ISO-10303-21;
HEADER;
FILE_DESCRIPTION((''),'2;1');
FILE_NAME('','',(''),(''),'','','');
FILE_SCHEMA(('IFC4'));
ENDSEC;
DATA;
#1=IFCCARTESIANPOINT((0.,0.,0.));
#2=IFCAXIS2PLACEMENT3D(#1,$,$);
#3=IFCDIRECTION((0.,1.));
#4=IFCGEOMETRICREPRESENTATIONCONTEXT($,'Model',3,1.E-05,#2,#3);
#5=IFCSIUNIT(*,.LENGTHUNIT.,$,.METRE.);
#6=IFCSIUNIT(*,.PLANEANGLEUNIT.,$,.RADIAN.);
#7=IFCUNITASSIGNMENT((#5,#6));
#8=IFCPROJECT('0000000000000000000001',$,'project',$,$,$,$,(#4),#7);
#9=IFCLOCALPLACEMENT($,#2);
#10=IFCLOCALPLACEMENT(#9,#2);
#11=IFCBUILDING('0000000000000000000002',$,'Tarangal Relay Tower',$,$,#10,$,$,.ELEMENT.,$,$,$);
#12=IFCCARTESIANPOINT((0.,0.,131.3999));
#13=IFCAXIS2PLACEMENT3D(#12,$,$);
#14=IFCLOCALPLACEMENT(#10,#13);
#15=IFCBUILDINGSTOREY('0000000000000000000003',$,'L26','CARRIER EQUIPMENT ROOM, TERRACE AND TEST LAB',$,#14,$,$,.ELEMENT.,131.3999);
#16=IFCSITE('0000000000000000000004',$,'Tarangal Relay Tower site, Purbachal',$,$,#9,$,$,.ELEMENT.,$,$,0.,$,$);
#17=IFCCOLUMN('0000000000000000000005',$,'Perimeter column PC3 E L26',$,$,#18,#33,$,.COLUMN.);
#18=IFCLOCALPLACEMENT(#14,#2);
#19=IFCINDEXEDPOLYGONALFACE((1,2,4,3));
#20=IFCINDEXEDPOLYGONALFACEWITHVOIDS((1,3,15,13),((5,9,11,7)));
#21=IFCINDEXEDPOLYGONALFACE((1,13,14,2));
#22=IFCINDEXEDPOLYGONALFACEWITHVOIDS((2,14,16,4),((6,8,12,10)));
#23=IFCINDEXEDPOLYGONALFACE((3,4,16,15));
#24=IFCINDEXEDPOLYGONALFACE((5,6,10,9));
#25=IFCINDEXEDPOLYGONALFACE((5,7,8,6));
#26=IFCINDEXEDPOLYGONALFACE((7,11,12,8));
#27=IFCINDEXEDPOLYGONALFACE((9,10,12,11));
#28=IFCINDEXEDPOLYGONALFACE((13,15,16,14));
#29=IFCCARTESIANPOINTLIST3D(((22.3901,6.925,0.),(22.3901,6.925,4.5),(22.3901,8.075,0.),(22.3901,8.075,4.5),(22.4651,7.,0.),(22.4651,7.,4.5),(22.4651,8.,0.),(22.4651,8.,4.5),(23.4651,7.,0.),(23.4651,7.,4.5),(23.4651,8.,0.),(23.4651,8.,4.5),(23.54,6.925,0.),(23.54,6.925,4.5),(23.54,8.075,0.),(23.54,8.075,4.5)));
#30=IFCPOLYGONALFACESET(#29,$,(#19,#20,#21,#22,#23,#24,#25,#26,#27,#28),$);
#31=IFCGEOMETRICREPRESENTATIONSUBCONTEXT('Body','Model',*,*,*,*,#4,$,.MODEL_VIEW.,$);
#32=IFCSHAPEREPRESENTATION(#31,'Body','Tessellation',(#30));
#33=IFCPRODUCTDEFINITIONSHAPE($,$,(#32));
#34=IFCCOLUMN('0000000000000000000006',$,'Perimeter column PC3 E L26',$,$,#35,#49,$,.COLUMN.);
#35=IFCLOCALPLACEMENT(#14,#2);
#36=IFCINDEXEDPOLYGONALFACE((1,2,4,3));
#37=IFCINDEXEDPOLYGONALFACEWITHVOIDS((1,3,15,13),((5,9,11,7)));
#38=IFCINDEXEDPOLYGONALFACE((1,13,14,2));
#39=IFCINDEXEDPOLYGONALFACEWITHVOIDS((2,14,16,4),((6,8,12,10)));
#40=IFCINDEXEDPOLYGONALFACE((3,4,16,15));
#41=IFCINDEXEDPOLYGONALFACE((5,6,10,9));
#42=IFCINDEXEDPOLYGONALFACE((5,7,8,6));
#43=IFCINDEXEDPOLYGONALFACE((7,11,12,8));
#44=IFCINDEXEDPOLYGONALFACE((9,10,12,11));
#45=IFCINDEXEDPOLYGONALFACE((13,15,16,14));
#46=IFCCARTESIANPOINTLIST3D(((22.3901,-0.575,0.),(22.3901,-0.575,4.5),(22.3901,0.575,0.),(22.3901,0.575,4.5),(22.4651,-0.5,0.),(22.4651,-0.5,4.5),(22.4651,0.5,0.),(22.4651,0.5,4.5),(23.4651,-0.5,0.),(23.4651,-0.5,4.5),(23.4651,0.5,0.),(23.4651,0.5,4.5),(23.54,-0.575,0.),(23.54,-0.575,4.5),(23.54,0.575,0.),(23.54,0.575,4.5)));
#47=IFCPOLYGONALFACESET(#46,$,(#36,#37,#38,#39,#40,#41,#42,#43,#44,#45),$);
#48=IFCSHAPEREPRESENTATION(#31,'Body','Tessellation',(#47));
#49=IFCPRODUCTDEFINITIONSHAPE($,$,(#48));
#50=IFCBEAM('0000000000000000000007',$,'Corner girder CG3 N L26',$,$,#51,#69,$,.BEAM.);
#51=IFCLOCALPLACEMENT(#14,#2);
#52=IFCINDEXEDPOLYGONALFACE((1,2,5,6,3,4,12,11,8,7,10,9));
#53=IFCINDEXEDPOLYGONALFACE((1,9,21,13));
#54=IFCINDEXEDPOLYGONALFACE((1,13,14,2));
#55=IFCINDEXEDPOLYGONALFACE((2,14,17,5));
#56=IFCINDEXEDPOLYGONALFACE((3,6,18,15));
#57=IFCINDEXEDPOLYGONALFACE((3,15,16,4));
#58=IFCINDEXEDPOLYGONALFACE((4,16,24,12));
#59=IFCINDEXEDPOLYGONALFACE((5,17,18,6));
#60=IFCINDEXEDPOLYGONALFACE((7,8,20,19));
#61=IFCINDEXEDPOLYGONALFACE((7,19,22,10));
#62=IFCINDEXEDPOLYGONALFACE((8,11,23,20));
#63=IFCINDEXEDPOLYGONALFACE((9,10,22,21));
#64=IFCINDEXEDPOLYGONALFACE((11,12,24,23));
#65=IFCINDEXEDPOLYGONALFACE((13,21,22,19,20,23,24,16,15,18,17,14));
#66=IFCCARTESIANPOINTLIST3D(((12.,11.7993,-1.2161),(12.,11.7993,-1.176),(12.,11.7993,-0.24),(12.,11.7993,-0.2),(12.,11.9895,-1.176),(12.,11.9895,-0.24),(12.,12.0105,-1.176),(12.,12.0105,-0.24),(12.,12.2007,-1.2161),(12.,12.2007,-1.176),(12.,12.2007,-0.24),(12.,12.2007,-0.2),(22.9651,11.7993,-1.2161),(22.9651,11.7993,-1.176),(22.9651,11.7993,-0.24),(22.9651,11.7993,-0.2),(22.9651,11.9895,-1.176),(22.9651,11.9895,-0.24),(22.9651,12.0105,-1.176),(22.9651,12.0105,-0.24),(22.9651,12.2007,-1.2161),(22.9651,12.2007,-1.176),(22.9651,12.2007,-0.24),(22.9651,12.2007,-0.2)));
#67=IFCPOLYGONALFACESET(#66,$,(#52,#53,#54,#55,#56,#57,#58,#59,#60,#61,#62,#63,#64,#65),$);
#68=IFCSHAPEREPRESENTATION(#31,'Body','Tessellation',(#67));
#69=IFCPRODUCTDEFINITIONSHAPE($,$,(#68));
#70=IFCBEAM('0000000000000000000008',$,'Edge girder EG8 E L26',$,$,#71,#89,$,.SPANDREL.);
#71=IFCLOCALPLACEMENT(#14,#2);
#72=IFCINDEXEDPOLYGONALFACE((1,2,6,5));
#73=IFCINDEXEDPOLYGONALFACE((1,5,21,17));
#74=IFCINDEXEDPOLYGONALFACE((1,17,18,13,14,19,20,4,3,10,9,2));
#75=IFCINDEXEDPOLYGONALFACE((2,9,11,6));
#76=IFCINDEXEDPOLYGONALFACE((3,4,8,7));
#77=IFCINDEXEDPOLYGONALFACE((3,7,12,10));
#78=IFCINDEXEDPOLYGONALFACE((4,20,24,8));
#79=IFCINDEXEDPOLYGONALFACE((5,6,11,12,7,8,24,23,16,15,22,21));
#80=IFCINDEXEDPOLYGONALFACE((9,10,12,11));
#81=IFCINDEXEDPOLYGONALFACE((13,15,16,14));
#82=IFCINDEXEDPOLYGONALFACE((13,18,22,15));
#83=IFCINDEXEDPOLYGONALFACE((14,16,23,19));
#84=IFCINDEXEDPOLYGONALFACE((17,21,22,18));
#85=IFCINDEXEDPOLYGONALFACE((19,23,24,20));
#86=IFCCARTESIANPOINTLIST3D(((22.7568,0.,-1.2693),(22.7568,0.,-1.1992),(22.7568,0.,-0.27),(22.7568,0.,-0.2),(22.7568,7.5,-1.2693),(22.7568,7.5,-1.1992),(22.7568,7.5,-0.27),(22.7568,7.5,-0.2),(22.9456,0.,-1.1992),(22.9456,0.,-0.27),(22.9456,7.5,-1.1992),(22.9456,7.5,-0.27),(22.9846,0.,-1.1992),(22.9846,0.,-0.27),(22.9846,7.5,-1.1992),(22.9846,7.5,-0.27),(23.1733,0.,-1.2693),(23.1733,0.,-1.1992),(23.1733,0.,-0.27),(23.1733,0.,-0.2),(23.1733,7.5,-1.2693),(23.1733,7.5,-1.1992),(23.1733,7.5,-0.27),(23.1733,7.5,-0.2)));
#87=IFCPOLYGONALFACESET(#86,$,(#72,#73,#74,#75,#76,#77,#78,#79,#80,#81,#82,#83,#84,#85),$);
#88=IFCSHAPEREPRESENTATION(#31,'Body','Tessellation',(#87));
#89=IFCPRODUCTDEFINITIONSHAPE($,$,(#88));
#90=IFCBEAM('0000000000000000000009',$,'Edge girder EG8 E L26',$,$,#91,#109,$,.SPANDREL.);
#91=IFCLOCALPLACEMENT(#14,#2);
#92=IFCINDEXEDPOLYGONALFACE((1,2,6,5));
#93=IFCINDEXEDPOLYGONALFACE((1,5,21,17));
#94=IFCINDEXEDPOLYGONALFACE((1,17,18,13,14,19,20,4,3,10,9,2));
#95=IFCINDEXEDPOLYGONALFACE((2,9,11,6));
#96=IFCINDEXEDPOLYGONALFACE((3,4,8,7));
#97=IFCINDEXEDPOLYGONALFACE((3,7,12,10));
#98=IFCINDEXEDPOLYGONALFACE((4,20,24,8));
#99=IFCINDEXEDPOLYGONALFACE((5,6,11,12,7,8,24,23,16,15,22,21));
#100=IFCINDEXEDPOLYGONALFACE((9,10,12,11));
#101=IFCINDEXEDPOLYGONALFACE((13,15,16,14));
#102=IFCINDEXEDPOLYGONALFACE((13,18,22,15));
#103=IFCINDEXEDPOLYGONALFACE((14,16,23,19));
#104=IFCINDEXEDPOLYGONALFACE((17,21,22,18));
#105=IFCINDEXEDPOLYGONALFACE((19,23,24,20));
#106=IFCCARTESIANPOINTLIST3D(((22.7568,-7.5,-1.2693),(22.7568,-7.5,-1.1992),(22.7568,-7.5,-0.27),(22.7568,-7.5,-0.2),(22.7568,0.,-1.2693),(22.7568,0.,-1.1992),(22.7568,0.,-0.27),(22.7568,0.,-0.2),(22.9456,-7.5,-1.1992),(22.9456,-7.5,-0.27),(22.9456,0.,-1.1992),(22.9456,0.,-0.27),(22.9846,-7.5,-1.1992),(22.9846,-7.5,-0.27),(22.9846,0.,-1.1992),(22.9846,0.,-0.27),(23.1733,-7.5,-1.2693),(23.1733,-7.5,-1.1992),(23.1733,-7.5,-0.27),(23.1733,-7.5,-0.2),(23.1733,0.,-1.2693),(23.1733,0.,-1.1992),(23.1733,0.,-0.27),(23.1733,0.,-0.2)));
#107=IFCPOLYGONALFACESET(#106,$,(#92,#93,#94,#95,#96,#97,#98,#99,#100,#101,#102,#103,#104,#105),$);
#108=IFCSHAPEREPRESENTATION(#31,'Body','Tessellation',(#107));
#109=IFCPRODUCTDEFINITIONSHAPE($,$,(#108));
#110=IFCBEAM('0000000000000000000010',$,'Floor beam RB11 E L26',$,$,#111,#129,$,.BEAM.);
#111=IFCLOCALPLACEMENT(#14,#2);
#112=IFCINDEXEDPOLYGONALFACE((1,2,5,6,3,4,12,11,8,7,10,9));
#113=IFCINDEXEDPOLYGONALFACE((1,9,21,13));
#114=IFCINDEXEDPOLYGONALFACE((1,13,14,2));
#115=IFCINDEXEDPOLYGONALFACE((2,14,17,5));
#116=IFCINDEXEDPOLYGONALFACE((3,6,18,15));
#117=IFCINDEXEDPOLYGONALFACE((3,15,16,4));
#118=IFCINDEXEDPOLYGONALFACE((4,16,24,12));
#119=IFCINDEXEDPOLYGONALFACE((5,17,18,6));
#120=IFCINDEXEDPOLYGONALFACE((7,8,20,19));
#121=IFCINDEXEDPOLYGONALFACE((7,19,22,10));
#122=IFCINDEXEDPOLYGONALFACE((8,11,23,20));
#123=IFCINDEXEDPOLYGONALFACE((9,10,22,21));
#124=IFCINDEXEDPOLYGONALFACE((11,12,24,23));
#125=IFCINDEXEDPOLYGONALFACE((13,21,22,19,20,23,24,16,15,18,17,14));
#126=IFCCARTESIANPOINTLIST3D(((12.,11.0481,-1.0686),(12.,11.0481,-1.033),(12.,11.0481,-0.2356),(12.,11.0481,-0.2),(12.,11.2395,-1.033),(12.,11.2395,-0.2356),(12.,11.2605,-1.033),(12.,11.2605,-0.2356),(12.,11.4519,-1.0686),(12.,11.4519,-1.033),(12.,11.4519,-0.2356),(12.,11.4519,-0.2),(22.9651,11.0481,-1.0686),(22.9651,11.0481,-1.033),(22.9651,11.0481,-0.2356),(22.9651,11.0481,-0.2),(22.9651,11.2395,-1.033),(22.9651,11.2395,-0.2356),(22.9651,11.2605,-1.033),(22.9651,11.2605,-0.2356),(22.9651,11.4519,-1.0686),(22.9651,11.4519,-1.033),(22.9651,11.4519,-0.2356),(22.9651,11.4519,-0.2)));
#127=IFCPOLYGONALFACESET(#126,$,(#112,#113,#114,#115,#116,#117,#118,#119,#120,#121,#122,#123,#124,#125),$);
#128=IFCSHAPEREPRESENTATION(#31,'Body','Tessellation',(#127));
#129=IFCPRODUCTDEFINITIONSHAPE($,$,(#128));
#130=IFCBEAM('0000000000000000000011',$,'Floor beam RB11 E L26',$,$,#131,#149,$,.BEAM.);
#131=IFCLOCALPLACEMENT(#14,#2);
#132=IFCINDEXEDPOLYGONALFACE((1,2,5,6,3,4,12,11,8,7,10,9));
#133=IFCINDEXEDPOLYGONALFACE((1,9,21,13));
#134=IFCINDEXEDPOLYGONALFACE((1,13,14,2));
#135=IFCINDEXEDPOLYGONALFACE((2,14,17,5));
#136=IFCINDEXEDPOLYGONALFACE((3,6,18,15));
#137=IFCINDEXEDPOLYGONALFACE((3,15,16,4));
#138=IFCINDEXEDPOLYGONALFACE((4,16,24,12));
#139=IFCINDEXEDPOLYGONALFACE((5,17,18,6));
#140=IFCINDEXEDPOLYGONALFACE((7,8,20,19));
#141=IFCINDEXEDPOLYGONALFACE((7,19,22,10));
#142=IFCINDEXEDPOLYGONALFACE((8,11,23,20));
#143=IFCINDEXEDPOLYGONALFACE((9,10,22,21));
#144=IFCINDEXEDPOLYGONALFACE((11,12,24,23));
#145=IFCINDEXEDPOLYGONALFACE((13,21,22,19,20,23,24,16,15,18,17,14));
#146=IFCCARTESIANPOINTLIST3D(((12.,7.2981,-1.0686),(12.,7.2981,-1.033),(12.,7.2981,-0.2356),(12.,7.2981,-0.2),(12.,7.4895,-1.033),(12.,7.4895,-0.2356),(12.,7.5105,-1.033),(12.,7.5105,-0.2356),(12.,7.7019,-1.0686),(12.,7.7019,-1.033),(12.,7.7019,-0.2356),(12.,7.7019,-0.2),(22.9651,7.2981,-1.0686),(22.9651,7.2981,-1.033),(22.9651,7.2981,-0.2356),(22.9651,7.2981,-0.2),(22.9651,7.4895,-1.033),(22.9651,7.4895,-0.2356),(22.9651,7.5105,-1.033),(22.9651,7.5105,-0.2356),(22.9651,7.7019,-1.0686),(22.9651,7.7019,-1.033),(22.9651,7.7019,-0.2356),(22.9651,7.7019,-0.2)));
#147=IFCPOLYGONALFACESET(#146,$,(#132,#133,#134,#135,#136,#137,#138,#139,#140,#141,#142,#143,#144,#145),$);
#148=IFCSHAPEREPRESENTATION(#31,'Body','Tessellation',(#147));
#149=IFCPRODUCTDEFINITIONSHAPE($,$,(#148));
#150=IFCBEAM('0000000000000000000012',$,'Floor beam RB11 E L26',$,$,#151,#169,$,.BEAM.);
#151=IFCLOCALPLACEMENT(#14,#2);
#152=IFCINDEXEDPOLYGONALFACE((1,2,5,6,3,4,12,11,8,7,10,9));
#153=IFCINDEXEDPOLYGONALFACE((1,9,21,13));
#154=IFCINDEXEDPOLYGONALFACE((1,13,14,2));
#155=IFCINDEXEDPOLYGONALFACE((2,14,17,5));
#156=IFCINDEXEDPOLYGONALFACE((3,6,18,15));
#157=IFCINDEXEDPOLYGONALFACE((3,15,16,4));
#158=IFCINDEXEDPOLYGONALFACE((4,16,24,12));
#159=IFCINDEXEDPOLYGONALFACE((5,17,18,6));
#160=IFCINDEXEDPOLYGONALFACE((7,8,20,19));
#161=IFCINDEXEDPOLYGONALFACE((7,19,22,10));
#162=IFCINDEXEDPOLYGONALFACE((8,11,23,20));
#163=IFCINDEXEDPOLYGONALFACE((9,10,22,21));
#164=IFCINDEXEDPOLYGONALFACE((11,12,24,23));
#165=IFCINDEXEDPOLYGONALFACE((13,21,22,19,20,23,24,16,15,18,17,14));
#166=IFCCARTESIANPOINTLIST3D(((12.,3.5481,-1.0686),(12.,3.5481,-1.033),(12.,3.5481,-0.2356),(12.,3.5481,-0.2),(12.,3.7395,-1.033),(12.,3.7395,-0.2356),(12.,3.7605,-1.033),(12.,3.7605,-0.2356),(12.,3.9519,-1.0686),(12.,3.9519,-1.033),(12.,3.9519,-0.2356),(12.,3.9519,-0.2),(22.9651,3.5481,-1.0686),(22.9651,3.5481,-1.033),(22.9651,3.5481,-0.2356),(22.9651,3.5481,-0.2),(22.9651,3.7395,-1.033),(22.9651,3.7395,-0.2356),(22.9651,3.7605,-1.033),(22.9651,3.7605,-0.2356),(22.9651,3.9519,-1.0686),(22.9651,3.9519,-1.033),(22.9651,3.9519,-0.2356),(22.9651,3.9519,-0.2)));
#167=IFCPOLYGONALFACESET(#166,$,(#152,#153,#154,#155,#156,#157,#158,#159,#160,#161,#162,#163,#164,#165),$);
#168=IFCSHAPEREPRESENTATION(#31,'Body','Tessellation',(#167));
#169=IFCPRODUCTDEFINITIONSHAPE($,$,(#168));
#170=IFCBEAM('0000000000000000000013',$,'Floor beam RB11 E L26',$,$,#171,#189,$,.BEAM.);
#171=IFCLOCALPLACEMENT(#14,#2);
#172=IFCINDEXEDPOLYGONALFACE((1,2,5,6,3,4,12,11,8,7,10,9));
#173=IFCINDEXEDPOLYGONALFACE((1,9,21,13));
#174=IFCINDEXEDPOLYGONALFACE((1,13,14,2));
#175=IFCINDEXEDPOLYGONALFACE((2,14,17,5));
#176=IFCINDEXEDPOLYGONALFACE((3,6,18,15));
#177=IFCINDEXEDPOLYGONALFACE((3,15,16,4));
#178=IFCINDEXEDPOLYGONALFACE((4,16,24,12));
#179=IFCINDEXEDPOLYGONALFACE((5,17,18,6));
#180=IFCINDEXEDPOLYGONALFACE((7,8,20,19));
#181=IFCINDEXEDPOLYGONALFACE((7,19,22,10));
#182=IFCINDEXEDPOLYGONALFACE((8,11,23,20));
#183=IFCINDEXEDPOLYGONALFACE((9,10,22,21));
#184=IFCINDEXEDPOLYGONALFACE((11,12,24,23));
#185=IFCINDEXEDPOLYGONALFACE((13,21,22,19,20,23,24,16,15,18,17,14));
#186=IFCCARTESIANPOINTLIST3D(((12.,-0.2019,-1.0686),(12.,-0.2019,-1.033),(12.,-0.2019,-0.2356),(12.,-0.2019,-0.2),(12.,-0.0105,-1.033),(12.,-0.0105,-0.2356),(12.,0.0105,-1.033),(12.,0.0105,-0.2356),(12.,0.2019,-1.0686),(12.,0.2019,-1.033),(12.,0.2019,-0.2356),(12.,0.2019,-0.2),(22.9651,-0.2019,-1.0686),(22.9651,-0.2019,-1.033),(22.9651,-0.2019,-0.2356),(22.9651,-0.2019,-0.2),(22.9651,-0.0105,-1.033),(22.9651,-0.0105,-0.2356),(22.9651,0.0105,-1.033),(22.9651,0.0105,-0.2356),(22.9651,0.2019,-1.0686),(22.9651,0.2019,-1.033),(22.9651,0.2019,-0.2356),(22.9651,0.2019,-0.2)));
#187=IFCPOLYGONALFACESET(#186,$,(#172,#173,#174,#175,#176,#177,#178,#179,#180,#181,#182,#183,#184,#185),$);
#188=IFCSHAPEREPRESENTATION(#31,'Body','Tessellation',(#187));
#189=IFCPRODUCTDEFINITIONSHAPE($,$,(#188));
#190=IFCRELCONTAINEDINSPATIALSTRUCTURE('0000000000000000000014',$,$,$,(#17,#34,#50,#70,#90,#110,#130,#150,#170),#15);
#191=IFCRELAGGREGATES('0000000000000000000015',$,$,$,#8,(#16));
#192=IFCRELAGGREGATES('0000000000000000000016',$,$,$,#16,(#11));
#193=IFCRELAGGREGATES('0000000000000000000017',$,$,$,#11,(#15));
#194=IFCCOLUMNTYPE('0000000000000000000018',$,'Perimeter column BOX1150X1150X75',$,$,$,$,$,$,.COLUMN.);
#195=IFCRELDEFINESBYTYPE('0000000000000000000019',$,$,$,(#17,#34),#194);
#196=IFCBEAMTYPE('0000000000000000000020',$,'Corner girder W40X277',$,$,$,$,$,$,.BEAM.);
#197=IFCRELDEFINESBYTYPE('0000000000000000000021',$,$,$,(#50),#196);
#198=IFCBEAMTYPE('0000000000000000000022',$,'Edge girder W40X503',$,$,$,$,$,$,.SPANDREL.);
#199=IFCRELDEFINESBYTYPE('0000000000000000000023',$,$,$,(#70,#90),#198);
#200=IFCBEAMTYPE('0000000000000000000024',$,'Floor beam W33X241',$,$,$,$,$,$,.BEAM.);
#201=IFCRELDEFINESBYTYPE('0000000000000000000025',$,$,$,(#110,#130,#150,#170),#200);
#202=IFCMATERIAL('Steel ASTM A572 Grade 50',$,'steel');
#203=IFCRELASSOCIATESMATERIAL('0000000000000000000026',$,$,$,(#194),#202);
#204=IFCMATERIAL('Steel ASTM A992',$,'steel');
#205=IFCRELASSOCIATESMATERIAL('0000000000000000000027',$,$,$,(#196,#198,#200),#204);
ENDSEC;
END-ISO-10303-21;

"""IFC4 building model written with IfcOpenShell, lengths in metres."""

from ifc_helpers import new_model, si_unit, direction, frame, origin, origin_2d, place, context, subcontext, project, spatial, hollow_rectangle, i_section, extrude, material, material_profile, profile_set, type_object, element, save


model = new_model("IFC4")

# Units and contexts
model_context = context("Model", 3, precision=1e-05, world=origin(), true_north=direction((0.0, 1.0)))
body_context = subcontext(model_context, "Body", "Model", "MODEL_VIEW")
ifc_project = project(units=[si_unit("LENGTHUNIT", "METRE"), si_unit("PLANEANGLEUNIT", "RADIAN")], contexts=[model_context])

# Site, building, storey
site_placement = place(None, origin())
site = spatial("IfcSite", under=ifc_project, at=site_placement, Name="Tarangal Relay Tower site, Purbachal", CompositionType="ELEMENT", RefElevation=0.0)
building_placement = place(site_placement, origin())
building = spatial("IfcBuilding", under=site, at=building_placement, Name="Tarangal Relay Tower", CompositionType="ELEMENT")
storey_placement = place(building_placement, frame((0.0, 0.0, 131.3999)))
storey = spatial("IfcBuildingStorey", under=building, at=storey_placement, Name="L26", Description="CARRIER EQUIPMENT ROOM, TERRACE AND TEST LAB", CompositionType="ELEMENT", Elevation=131.3999)

# Columns
ifc_material_1 = material(Name="Steel ASTM A572 Grade 50", Category="steel")
ifc_material_profile_1 = material_profile(ifc_material_1, hollow_rectangle(XDim=1.1499, YDim=1.1499, WallThickness=0.075, at=origin_2d()), Name="BOX1150X1150X75")
ifc_profile_set_1 = profile_set([ifc_material_profile_1], Name="Steel ASTM A572 Grade 50")
column_type = type_object("IfcColumnType", Name="Perimeter column BOX1150X1150X75", PredefinedType="COLUMN", material=ifc_profile_set_1)
for number, where, z_axis, x_axis, name in (
    (1, (22.9651, 7.5, 0.0), (0.0, 0.0, 1.0), (1.0, 0.0, 0.0), "Perimeter column PC3 E L26"),
    (2, (22.9651, 0.0, 0.0), (0.0, 0.0, 1.0), (1.0, 0.0, 0.0), "Perimeter column PC3 E L26"),
):
    element("IfcColumn", number, at=place(storey_placement, frame(where, z_axis=z_axis, x_axis=x_axis)), inside=storey, type_object=column_type, Name=name, PredefinedType="COLUMN", context=body_context, shape_type="SweptSolid", body=[
        extrude(hollow_rectangle(XDim=1.1499, YDim=1.1499, WallThickness=0.075, at=origin_2d()), origin(), (0.0, 0.0, 1.0), 4.5),
    ])

# Beams
ifc_material_2 = material(Name="Steel ASTM A992", Category="steel")
ifc_material_profile_2 = material_profile(ifc_material_2, i_section(OverallWidth=0.4014, OverallDepth=1.0161, WebThickness=0.021, FlangeThickness=0.04, at=origin_2d()), Name="W40X277")
ifc_profile_set_2 = profile_set([ifc_material_profile_2], Name="Steel ASTM A992")
beam_type_1 = type_object("IfcBeamType", Name="Corner girder W40X277", PredefinedType="BEAM", material=ifc_profile_set_2)
beam_placement = place(storey_placement, frame((12.0, 12.0, -0.708), z_axis=(1.0, 0.0, 0.0), x_axis=(0.0, 1.0, 0.0)))
element("IfcBeam", 3, at=beam_placement, inside=storey, type_object=beam_type_1, Name="Corner girder CG3 N L26", PredefinedType="BEAM", context=body_context, shape_type="SweptSolid", body=[
    extrude(i_section(OverallWidth=0.4014, OverallDepth=1.0161, WebThickness=0.021, FlangeThickness=0.04, at=origin_2d()), origin(), (0.0, 0.0, 1.0), 10.9651),
])
ifc_material_profile_3 = material_profile(ifc_material_2, i_section(OverallWidth=0.4165, OverallDepth=1.0693, WebThickness=0.0391, FlangeThickness=0.0701, at=origin_2d()), Name="W40X503")
ifc_profile_set_3 = profile_set([ifc_material_profile_3], Name="Steel ASTM A992")
beam_type_2 = type_object("IfcBeamType", Name="Edge girder W40X503", PredefinedType="SPANDREL", material=ifc_profile_set_3)
for number, where, z_axis, x_axis, name in (
    (4, (22.9651, 7.5, -0.7346), (0.0, -1.0, 0.0), (1.0, 0.0, 0.0), "Edge girder EG8 E L26"),
    (5, (22.9651, 0.0, -0.7346), (0.0, -1.0, 0.0), (1.0, 0.0, 0.0), "Edge girder EG8 E L26"),
):
    element("IfcBeam", number, at=place(storey_placement, frame(where, z_axis=z_axis, x_axis=x_axis)), inside=storey, type_object=beam_type_2, Name=name, PredefinedType="SPANDREL", context=body_context, shape_type="SweptSolid", body=[
        extrude(i_section(OverallWidth=0.4165, OverallDepth=1.0693, WebThickness=0.0391, FlangeThickness=0.0701, at=origin_2d()), origin(), (0.0, 0.0, 1.0), 7.5),
    ])
ifc_material_profile_4 = material_profile(ifc_material_2, i_section(OverallWidth=0.4038, OverallDepth=0.8687, WebThickness=0.021, FlangeThickness=0.0356, at=origin_2d()), Name="W33X241")
ifc_profile_set_4 = profile_set([ifc_material_profile_4], Name="Steel ASTM A992")
beam_type_3 = type_object("IfcBeamType", Name="Floor beam W33X241", PredefinedType="BEAM", material=ifc_profile_set_4)
for number, where, z_axis, x_axis, name in (
    (6, (12.0, 11.25, -0.6343), (1.0, 0.0, 0.0), (0.0, 1.0, 0.0), "Floor beam RB11 E L26"),
    (7, (12.0, 7.5, -0.6343), (1.0, 0.0, 0.0), (0.0, 1.0, 0.0), "Floor beam RB11 E L26"),
    (8, (12.0, 3.75, -0.6343), (1.0, 0.0, 0.0), (0.0, 1.0, 0.0), "Floor beam RB11 E L26"),
    (9, (12.0, 0.0, -0.6343), (1.0, 0.0, 0.0), (0.0, 1.0, 0.0), "Floor beam RB11 E L26"),
):
    element("IfcBeam", number, at=place(storey_placement, frame(where, z_axis=z_axis, x_axis=x_axis)), inside=storey, type_object=beam_type_3, Name=name, PredefinedType="BEAM", context=body_context, shape_type="SweptSolid", body=[
        extrude(i_section(OverallWidth=0.4038, OverallDepth=0.8687, WebThickness=0.021, FlangeThickness=0.0356, at=origin_2d()), origin(), (0.0, 0.0, 1.0), 10.9651),
    ])

save(model, "model.ifc")
